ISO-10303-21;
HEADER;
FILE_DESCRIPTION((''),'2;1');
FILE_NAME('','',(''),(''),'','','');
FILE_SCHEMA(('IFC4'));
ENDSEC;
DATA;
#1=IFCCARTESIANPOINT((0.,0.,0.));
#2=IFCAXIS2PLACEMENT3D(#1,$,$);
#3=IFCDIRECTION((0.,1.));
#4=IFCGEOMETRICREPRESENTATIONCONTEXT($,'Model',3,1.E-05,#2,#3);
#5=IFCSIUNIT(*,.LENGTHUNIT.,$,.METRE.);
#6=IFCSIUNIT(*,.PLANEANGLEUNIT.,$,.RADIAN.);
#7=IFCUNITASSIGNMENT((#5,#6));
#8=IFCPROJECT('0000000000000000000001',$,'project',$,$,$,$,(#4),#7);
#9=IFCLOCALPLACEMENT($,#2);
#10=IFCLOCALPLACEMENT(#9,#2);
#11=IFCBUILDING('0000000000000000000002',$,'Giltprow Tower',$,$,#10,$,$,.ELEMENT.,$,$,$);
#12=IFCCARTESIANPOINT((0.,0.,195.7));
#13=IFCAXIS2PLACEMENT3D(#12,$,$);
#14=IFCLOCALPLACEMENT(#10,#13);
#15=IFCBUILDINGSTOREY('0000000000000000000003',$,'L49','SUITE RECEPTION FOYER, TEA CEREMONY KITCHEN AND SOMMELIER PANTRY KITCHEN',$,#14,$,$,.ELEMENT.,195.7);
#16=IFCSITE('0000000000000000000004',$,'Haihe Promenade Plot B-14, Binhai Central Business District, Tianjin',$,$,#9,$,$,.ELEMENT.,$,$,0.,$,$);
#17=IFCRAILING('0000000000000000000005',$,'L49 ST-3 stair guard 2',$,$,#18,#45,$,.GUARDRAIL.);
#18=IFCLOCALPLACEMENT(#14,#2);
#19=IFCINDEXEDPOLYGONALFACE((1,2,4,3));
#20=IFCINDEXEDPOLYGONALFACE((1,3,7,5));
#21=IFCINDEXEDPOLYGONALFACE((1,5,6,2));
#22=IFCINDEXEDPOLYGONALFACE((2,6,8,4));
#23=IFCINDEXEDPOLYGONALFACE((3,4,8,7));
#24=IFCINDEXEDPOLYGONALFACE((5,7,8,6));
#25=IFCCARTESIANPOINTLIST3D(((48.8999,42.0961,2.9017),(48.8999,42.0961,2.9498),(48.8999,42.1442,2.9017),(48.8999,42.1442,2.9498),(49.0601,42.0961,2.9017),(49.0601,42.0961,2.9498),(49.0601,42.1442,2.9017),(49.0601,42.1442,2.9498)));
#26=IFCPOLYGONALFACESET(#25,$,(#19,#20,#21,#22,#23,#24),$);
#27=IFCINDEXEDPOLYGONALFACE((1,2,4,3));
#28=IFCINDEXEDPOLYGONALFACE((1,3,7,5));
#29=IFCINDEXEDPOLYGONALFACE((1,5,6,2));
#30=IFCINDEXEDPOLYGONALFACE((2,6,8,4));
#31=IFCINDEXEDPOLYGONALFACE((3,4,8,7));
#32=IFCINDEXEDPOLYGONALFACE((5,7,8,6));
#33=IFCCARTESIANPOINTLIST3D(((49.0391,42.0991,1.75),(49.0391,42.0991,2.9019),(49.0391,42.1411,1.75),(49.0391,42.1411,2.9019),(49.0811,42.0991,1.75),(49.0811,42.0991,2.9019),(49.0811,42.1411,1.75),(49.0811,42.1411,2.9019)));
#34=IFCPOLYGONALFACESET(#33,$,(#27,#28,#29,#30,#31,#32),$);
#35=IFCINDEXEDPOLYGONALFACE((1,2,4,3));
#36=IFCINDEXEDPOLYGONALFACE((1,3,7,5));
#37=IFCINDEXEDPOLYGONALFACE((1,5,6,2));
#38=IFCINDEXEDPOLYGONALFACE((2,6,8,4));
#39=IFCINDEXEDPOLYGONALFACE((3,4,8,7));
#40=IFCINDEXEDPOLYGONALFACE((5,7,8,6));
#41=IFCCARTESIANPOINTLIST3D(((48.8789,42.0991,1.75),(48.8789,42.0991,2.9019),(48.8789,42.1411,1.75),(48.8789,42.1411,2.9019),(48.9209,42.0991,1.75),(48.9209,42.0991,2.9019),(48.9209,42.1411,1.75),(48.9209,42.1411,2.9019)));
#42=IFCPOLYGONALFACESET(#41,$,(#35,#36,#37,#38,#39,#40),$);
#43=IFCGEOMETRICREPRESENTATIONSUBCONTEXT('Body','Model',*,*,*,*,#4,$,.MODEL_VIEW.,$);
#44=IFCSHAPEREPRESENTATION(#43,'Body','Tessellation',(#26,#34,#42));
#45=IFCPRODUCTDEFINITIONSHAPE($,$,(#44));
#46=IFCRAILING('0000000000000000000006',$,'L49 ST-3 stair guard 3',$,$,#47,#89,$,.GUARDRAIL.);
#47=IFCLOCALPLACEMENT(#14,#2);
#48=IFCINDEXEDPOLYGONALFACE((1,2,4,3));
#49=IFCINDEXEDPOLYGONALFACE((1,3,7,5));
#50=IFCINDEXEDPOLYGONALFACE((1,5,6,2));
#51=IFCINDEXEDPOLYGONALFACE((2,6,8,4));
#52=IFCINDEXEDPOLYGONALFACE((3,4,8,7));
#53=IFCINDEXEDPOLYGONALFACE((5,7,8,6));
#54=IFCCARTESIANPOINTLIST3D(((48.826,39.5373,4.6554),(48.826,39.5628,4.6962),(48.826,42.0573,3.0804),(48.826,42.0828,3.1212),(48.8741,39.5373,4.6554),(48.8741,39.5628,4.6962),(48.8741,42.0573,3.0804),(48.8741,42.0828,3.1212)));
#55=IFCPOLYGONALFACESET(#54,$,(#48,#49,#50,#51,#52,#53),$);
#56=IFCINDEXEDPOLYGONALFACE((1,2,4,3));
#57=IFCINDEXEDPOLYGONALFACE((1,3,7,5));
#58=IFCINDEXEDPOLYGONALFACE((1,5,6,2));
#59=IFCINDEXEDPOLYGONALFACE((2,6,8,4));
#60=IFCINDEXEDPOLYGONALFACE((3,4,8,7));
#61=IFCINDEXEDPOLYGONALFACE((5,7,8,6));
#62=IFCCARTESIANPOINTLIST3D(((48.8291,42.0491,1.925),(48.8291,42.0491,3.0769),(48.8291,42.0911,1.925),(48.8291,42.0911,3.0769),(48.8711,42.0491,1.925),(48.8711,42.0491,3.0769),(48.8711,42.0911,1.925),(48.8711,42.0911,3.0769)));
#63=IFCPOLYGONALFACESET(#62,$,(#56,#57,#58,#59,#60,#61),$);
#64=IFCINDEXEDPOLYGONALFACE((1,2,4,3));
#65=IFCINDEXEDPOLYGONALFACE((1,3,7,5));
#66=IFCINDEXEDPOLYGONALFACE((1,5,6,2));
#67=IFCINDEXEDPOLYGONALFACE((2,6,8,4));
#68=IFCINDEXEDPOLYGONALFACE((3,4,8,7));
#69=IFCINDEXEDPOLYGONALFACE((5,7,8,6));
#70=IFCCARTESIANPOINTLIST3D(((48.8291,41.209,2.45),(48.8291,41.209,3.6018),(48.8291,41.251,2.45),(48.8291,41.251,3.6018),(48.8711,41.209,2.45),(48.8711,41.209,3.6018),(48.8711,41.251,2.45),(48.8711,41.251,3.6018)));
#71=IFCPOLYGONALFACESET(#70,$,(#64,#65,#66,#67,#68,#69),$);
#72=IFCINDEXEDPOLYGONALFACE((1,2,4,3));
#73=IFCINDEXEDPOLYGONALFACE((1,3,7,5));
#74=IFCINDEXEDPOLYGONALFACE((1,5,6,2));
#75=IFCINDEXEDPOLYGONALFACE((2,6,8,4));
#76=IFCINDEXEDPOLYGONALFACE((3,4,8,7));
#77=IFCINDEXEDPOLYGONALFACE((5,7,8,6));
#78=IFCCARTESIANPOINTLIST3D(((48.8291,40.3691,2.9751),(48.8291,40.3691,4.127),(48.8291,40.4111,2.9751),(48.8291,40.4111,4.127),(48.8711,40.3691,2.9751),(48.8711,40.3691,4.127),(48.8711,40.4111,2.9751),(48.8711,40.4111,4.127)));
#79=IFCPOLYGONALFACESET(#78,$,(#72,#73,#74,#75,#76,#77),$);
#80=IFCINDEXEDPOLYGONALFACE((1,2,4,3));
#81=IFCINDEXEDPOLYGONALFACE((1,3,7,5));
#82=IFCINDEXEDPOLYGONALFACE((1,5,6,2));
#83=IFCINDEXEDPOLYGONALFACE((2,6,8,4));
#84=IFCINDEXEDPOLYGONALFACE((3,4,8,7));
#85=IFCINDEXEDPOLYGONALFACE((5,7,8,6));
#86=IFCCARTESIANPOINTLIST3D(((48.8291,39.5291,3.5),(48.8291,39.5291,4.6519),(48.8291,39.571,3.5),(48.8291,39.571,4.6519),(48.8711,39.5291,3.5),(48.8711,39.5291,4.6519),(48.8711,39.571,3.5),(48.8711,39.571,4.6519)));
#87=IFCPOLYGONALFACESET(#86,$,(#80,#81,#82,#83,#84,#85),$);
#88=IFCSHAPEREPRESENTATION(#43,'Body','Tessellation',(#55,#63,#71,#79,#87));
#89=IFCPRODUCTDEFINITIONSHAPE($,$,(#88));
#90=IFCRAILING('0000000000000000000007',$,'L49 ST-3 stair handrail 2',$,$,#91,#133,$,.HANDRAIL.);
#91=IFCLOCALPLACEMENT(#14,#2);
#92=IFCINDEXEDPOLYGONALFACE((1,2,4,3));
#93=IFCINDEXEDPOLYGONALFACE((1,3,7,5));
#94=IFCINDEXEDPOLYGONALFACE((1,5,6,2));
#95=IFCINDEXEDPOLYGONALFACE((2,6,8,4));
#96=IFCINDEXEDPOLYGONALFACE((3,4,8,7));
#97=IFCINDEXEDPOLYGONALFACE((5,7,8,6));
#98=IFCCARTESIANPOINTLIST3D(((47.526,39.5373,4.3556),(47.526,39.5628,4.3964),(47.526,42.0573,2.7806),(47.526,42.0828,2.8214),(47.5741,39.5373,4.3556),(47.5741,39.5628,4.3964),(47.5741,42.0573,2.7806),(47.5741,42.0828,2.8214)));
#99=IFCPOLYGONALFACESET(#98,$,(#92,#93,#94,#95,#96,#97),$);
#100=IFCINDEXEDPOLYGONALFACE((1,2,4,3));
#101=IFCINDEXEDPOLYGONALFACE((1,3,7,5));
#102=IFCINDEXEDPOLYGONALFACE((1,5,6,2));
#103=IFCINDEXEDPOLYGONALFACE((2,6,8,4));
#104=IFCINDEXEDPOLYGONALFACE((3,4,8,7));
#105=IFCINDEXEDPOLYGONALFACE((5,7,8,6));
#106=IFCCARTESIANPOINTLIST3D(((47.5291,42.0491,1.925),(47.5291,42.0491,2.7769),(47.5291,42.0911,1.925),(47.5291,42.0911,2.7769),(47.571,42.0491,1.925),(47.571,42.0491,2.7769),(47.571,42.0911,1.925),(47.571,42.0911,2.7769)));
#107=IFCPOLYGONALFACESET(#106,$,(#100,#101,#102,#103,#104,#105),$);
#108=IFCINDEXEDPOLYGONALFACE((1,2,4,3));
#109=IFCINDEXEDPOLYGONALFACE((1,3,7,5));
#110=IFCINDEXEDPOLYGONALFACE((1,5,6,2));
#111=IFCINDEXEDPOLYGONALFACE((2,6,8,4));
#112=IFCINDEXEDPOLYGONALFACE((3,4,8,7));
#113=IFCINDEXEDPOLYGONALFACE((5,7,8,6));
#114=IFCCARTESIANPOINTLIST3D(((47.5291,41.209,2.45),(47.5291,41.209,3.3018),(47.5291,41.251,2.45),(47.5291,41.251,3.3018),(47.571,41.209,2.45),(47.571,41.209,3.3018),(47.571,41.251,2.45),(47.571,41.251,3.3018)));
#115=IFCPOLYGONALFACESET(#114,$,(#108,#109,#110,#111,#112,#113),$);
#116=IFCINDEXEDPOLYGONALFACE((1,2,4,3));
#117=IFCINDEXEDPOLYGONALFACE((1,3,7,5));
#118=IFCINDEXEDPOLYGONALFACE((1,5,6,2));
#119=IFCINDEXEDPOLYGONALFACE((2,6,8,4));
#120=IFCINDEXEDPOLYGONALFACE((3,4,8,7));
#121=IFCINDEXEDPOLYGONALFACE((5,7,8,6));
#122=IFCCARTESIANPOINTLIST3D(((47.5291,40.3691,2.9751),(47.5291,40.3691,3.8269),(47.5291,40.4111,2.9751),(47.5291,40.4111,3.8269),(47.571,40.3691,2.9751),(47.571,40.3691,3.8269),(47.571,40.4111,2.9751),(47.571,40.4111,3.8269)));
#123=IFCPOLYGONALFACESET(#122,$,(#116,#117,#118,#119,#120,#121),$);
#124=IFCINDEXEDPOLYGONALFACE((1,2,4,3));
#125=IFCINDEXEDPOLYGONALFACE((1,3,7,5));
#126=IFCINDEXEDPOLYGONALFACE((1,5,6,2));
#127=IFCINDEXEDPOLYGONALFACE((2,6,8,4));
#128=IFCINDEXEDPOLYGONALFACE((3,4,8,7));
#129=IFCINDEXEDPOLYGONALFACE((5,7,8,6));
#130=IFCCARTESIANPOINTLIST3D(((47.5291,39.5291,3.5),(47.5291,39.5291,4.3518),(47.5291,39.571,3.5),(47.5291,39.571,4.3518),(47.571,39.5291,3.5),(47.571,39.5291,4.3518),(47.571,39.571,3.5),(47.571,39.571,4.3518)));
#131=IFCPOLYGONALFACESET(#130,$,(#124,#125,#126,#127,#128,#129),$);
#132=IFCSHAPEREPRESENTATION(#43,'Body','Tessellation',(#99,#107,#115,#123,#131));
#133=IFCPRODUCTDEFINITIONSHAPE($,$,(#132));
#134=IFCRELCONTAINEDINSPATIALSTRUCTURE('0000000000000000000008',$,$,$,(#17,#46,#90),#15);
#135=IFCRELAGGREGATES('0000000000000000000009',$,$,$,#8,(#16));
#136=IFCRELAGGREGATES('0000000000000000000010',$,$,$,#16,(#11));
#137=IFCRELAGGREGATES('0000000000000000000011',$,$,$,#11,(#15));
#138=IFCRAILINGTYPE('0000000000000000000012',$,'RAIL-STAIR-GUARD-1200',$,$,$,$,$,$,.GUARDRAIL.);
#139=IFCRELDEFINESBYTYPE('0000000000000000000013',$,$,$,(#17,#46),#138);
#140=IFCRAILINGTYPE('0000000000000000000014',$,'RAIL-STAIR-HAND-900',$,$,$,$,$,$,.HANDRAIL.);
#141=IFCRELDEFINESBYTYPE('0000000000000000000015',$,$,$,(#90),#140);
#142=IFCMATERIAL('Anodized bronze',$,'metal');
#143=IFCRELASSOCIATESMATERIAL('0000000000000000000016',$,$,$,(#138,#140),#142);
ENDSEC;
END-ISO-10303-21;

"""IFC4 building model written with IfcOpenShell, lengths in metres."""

from ifc_helpers import new_model, si_unit, direction, frame, origin, origin_2d, place, context, subcontext, project, spatial, rectangle, extrude, material, type_object, element, save


model = new_model("IFC4")

# Units and contexts
model_context = context("Model", 3, precision=1e-05, world=origin(), true_north=direction((0.0, 1.0)))
body_context = subcontext(model_context, "Body", "Model", "MODEL_VIEW")
ifc_project = project(units=[si_unit("LENGTHUNIT", "METRE"), si_unit("PLANEANGLEUNIT", "RADIAN")], contexts=[model_context])

# Site, building, storey
site_placement = place(None, origin())
site = spatial("IfcSite", under=ifc_project, at=site_placement, Name="Haihe Promenade Plot B-14, Binhai Central Business District, Tianjin", CompositionType="ELEMENT", RefElevation=0.0)
building_placement = place(site_placement, origin())
building = spatial("IfcBuilding", under=site, at=building_placement, Name="Giltprow Tower", CompositionType="ELEMENT")
storey_placement = place(building_placement, frame((0.0, 0.0, 195.7)))
storey = spatial("IfcBuildingStorey", under=building, at=storey_placement, Name="L49", Description="SUITE RECEPTION FOYER, TEA CEREMONY KITCHEN AND SOMMELIER PANTRY KITCHEN", CompositionType="ELEMENT", Elevation=195.7)

# Railings
ifc_material_1 = material(Name="Anodized bronze", Category="metal")
railing_type_1 = type_object("IfcRailingType", Name="RAIL-STAIR-GUARD-1200", PredefinedType="GUARDRAIL", material=ifc_material_1)
railing_1_placement = place(storey_placement, frame((49.0601, 42.1201, 1.75)))
element("IfcRailing", 1, at=railing_1_placement, inside=storey, type_object=railing_type_1, Name="L49 ST-3 stair guard 2", PredefinedType="GUARDRAIL", context=body_context, shape_type="SweptSolid", body=[
    extrude(rectangle(XDim=0.0481, YDim=0.0481, at=origin_2d()), frame((0.0, 0.0, 1.1758), z_axis=(-1.0, 0.0, 0.0), x_axis=(0.0, -1.0, 0.0)), (0.0, 0.0, 1.0), 0.1602),
    extrude(rectangle(XDim=0.042, YDim=0.042, at=origin_2d()), origin(), (0.0, 0.0, 1.0), 1.1519),
    extrude(rectangle(XDim=0.042, YDim=0.042, at=origin_2d()), frame((-0.1602, 0.0, 0.0)), (0.0, 0.0, 1.0), 1.1519),
])
railing_2_placement = place(storey_placement, frame((48.8501, 42.0701, 1.925)))
element("IfcRailing", 2, at=railing_2_placement, inside=storey, type_object=railing_type_1, Name="L49 ST-3 stair guard 3", PredefinedType="GUARDRAIL", context=body_context, shape_type="SweptSolid", body=[
    extrude(rectangle(XDim=0.0481, YDim=0.0481, at=origin_2d()), frame((0.0, 0.0, 1.1758), z_axis=(0.0, -0.848008, 0.529984), x_axis=(1.0, 0.0, 0.0)), (0.0, 0.0, 1.0), 2.9717),
    extrude(rectangle(XDim=0.042, YDim=0.042, at=origin_2d()), origin(), (0.0, 0.0, 1.0), 1.1519),
    extrude(rectangle(XDim=0.042, YDim=0.042, at=origin_2d()), frame((0.0, -0.8401, 0.5249)), (0.0, 0.0, 1.0), 1.1519),
    extrude(rectangle(XDim=0.042, YDim=0.042, at=origin_2d()), frame((0.0, -1.6799, 1.05)), (0.0, 0.0, 1.0), 1.1519),
    extrude(rectangle(XDim=0.042, YDim=0.042, at=origin_2d()), frame((0.0, -2.52, 1.575)), (0.0, 0.0, 1.0), 1.1519),
])
railing_type_2 = type_object("IfcRailingType", Name="RAIL-STAIR-HAND-900", PredefinedType="HANDRAIL", material=ifc_material_1)
railing_3_placement = place(storey_placement, frame((47.55, 42.0701, 1.925)))
element("IfcRailing", 3, at=railing_3_placement, inside=storey, type_object=railing_type_2, Name="L49 ST-3 stair handrail 2", PredefinedType="HANDRAIL", context=body_context, shape_type="SweptSolid", body=[
    extrude(rectangle(XDim=0.0481, YDim=0.0481, at=origin_2d()), frame((0.0, 0.0, 0.876), z_axis=(0.0, -0.848008, 0.529984), x_axis=(1.0, 0.0, 0.0)), (0.0, 0.0, 1.0), 2.9717),
    extrude(rectangle(XDim=0.042, YDim=0.042, at=origin_2d()), origin(), (0.0, 0.0, 1.0), 0.8518),
    extrude(rectangle(XDim=0.042, YDim=0.042, at=origin_2d()), frame((0.0, -0.8401, 0.5249)), (0.0, 0.0, 1.0), 0.8518),
    extrude(rectangle(XDim=0.042, YDim=0.042, at=origin_2d()), frame((0.0, -1.6799, 1.05)), (0.0, 0.0, 1.0), 0.8518),
    extrude(rectangle(XDim=0.042, YDim=0.042, at=origin_2d()), frame((0.0, -2.52, 1.575)), (0.0, 0.0, 1.0), 0.8518),
])

save(model, "model.ifc")
